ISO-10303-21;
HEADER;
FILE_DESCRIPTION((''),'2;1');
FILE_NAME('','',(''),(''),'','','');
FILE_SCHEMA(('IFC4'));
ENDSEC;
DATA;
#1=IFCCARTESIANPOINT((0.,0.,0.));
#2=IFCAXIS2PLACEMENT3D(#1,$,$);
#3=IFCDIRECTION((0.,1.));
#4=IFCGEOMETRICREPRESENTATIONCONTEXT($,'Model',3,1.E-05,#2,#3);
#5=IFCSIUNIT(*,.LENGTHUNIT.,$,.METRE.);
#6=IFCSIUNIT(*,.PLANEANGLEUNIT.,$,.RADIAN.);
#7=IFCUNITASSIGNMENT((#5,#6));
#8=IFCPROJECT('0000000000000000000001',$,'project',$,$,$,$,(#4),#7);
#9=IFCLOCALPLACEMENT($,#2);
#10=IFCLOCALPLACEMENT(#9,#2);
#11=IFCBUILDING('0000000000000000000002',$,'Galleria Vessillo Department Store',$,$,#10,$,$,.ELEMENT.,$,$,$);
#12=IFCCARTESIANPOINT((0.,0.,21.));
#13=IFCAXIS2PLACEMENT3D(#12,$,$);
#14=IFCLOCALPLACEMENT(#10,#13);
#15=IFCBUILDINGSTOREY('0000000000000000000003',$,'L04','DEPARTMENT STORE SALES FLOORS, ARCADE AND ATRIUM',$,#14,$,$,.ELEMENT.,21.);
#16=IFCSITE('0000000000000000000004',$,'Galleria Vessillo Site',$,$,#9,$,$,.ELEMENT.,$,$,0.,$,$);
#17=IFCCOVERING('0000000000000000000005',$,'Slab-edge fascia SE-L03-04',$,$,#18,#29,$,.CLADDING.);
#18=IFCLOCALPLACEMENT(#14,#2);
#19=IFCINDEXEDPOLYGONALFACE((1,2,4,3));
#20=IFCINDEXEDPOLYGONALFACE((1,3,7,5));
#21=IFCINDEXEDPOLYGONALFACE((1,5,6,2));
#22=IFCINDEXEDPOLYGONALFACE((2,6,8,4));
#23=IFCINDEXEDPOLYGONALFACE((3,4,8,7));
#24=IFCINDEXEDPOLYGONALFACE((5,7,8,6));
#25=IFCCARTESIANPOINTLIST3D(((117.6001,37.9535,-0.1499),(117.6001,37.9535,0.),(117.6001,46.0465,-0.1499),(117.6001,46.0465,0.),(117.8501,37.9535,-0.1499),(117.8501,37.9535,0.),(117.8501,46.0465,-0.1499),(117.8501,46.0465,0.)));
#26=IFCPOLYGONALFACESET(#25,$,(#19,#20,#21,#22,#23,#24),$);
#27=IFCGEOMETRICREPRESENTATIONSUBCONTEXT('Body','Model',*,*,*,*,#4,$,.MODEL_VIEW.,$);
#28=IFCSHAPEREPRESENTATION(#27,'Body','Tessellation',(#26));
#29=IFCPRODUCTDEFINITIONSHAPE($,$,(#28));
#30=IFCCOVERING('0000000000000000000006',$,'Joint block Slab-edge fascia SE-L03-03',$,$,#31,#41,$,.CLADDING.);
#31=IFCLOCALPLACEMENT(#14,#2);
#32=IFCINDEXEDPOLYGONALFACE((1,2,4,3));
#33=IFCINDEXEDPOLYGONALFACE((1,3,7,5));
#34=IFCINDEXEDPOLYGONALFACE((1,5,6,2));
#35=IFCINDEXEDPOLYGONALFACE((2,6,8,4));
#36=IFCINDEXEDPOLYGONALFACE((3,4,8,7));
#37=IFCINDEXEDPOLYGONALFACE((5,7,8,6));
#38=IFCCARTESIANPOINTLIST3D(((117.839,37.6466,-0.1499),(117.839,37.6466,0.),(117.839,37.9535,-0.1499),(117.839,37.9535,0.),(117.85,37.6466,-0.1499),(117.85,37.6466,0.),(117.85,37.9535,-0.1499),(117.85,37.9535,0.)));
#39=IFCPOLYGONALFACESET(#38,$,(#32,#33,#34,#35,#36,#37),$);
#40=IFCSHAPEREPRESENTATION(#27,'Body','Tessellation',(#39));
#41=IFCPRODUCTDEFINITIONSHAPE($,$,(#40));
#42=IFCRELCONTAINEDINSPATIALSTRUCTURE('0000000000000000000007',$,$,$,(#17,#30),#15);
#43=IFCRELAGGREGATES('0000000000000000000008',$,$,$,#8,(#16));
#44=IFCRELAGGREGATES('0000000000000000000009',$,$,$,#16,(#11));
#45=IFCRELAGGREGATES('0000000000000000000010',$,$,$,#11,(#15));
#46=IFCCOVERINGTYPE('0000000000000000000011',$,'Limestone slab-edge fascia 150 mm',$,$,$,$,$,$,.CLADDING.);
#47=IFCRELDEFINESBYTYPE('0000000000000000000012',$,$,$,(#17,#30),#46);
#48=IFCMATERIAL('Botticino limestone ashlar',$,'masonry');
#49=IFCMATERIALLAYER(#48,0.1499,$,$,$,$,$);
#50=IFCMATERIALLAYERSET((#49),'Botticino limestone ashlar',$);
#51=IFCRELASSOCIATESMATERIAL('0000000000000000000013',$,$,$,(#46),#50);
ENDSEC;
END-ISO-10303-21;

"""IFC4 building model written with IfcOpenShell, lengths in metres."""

from ifc_helpers import new_model, si_unit, direction, frame, origin, origin_2d, place, context, subcontext, project, spatial, rectangle, extrude, material, layer, layer_set, type_object, element, save


model = new_model("IFC4")

# Units and contexts
model_context = context("Model", 3, precision=1e-05, world=origin(), true_north=direction((0.0, 1.0)))
body_context = subcontext(model_context, "Body", "Model", "MODEL_VIEW")
ifc_project = project(units=[si_unit("LENGTHUNIT", "METRE"), si_unit("PLANEANGLEUNIT", "RADIAN")], contexts=[model_context])

# Site, building, storey
site_placement = place(None, origin())
site = spatial("IfcSite", under=ifc_project, at=site_placement, Name="Galleria Vessillo Site", CompositionType="ELEMENT", RefElevation=0.0)
building_placement = place(site_placement, origin())
building = spatial("IfcBuilding", under=site, at=building_placement, Name="Galleria Vessillo Department Store", CompositionType="ELEMENT")
storey_placement = place(building_placement, frame((0.0, 0.0, 21.0)))
storey = spatial("IfcBuildingStorey", under=building, at=storey_placement, Name="L04", Description="DEPARTMENT STORE SALES FLOORS, ARCADE AND ATRIUM", CompositionType="ELEMENT", Elevation=21.0)

# Coverings
ifc_material_1 = material(Name="Botticino limestone ashlar", Category="masonry")
ifc_layer_1 = layer(ifc_material_1, 0.1499)
ifc_layer_set_1 = layer_set([ifc_layer_1], Name="Botticino limestone ashlar")
covering_type = type_object("IfcCoveringType", Name="Limestone slab-edge fascia 150 mm", PredefinedType="CLADDING", material=ifc_layer_set_1)
covering_1_placement = place(storey_placement, frame((117.7251, 42.0, -0.1499), z_axis=(0.0, 0.0, 1.0), x_axis=(1.0, 0.0, 0.0)))
element("IfcCovering", 1, at=covering_1_placement, inside=storey, type_object=covering_type, Name="Slab-edge fascia SE-L03-04", PredefinedType="CLADDING", context=body_context, shape_type="SweptSolid", body=[
    extrude(rectangle(XDim=0.25, YDim=8.093, at=origin_2d()), origin(), (0.0, 0.0, 1.0), 0.1499),
])
covering_2_placement = place(storey_placement, frame((117.8445, 37.8, -0.1499), z_axis=(0.0, 0.0, 1.0), x_axis=(1.0, 0.0, 0.0)))
element("IfcCovering", 2, at=covering_2_placement, inside=storey, type_object=covering_type, Name="Joint block Slab-edge fascia SE-L03-03", PredefinedType="CLADDING", context=body_context, shape_type="SweptSolid", body=[
    extrude(rectangle(XDim=0.011, YDim=0.3069, at=origin_2d()), origin(), (0.0, 0.0, 1.0), 0.1499),
])

save(model, "model.ifc")
